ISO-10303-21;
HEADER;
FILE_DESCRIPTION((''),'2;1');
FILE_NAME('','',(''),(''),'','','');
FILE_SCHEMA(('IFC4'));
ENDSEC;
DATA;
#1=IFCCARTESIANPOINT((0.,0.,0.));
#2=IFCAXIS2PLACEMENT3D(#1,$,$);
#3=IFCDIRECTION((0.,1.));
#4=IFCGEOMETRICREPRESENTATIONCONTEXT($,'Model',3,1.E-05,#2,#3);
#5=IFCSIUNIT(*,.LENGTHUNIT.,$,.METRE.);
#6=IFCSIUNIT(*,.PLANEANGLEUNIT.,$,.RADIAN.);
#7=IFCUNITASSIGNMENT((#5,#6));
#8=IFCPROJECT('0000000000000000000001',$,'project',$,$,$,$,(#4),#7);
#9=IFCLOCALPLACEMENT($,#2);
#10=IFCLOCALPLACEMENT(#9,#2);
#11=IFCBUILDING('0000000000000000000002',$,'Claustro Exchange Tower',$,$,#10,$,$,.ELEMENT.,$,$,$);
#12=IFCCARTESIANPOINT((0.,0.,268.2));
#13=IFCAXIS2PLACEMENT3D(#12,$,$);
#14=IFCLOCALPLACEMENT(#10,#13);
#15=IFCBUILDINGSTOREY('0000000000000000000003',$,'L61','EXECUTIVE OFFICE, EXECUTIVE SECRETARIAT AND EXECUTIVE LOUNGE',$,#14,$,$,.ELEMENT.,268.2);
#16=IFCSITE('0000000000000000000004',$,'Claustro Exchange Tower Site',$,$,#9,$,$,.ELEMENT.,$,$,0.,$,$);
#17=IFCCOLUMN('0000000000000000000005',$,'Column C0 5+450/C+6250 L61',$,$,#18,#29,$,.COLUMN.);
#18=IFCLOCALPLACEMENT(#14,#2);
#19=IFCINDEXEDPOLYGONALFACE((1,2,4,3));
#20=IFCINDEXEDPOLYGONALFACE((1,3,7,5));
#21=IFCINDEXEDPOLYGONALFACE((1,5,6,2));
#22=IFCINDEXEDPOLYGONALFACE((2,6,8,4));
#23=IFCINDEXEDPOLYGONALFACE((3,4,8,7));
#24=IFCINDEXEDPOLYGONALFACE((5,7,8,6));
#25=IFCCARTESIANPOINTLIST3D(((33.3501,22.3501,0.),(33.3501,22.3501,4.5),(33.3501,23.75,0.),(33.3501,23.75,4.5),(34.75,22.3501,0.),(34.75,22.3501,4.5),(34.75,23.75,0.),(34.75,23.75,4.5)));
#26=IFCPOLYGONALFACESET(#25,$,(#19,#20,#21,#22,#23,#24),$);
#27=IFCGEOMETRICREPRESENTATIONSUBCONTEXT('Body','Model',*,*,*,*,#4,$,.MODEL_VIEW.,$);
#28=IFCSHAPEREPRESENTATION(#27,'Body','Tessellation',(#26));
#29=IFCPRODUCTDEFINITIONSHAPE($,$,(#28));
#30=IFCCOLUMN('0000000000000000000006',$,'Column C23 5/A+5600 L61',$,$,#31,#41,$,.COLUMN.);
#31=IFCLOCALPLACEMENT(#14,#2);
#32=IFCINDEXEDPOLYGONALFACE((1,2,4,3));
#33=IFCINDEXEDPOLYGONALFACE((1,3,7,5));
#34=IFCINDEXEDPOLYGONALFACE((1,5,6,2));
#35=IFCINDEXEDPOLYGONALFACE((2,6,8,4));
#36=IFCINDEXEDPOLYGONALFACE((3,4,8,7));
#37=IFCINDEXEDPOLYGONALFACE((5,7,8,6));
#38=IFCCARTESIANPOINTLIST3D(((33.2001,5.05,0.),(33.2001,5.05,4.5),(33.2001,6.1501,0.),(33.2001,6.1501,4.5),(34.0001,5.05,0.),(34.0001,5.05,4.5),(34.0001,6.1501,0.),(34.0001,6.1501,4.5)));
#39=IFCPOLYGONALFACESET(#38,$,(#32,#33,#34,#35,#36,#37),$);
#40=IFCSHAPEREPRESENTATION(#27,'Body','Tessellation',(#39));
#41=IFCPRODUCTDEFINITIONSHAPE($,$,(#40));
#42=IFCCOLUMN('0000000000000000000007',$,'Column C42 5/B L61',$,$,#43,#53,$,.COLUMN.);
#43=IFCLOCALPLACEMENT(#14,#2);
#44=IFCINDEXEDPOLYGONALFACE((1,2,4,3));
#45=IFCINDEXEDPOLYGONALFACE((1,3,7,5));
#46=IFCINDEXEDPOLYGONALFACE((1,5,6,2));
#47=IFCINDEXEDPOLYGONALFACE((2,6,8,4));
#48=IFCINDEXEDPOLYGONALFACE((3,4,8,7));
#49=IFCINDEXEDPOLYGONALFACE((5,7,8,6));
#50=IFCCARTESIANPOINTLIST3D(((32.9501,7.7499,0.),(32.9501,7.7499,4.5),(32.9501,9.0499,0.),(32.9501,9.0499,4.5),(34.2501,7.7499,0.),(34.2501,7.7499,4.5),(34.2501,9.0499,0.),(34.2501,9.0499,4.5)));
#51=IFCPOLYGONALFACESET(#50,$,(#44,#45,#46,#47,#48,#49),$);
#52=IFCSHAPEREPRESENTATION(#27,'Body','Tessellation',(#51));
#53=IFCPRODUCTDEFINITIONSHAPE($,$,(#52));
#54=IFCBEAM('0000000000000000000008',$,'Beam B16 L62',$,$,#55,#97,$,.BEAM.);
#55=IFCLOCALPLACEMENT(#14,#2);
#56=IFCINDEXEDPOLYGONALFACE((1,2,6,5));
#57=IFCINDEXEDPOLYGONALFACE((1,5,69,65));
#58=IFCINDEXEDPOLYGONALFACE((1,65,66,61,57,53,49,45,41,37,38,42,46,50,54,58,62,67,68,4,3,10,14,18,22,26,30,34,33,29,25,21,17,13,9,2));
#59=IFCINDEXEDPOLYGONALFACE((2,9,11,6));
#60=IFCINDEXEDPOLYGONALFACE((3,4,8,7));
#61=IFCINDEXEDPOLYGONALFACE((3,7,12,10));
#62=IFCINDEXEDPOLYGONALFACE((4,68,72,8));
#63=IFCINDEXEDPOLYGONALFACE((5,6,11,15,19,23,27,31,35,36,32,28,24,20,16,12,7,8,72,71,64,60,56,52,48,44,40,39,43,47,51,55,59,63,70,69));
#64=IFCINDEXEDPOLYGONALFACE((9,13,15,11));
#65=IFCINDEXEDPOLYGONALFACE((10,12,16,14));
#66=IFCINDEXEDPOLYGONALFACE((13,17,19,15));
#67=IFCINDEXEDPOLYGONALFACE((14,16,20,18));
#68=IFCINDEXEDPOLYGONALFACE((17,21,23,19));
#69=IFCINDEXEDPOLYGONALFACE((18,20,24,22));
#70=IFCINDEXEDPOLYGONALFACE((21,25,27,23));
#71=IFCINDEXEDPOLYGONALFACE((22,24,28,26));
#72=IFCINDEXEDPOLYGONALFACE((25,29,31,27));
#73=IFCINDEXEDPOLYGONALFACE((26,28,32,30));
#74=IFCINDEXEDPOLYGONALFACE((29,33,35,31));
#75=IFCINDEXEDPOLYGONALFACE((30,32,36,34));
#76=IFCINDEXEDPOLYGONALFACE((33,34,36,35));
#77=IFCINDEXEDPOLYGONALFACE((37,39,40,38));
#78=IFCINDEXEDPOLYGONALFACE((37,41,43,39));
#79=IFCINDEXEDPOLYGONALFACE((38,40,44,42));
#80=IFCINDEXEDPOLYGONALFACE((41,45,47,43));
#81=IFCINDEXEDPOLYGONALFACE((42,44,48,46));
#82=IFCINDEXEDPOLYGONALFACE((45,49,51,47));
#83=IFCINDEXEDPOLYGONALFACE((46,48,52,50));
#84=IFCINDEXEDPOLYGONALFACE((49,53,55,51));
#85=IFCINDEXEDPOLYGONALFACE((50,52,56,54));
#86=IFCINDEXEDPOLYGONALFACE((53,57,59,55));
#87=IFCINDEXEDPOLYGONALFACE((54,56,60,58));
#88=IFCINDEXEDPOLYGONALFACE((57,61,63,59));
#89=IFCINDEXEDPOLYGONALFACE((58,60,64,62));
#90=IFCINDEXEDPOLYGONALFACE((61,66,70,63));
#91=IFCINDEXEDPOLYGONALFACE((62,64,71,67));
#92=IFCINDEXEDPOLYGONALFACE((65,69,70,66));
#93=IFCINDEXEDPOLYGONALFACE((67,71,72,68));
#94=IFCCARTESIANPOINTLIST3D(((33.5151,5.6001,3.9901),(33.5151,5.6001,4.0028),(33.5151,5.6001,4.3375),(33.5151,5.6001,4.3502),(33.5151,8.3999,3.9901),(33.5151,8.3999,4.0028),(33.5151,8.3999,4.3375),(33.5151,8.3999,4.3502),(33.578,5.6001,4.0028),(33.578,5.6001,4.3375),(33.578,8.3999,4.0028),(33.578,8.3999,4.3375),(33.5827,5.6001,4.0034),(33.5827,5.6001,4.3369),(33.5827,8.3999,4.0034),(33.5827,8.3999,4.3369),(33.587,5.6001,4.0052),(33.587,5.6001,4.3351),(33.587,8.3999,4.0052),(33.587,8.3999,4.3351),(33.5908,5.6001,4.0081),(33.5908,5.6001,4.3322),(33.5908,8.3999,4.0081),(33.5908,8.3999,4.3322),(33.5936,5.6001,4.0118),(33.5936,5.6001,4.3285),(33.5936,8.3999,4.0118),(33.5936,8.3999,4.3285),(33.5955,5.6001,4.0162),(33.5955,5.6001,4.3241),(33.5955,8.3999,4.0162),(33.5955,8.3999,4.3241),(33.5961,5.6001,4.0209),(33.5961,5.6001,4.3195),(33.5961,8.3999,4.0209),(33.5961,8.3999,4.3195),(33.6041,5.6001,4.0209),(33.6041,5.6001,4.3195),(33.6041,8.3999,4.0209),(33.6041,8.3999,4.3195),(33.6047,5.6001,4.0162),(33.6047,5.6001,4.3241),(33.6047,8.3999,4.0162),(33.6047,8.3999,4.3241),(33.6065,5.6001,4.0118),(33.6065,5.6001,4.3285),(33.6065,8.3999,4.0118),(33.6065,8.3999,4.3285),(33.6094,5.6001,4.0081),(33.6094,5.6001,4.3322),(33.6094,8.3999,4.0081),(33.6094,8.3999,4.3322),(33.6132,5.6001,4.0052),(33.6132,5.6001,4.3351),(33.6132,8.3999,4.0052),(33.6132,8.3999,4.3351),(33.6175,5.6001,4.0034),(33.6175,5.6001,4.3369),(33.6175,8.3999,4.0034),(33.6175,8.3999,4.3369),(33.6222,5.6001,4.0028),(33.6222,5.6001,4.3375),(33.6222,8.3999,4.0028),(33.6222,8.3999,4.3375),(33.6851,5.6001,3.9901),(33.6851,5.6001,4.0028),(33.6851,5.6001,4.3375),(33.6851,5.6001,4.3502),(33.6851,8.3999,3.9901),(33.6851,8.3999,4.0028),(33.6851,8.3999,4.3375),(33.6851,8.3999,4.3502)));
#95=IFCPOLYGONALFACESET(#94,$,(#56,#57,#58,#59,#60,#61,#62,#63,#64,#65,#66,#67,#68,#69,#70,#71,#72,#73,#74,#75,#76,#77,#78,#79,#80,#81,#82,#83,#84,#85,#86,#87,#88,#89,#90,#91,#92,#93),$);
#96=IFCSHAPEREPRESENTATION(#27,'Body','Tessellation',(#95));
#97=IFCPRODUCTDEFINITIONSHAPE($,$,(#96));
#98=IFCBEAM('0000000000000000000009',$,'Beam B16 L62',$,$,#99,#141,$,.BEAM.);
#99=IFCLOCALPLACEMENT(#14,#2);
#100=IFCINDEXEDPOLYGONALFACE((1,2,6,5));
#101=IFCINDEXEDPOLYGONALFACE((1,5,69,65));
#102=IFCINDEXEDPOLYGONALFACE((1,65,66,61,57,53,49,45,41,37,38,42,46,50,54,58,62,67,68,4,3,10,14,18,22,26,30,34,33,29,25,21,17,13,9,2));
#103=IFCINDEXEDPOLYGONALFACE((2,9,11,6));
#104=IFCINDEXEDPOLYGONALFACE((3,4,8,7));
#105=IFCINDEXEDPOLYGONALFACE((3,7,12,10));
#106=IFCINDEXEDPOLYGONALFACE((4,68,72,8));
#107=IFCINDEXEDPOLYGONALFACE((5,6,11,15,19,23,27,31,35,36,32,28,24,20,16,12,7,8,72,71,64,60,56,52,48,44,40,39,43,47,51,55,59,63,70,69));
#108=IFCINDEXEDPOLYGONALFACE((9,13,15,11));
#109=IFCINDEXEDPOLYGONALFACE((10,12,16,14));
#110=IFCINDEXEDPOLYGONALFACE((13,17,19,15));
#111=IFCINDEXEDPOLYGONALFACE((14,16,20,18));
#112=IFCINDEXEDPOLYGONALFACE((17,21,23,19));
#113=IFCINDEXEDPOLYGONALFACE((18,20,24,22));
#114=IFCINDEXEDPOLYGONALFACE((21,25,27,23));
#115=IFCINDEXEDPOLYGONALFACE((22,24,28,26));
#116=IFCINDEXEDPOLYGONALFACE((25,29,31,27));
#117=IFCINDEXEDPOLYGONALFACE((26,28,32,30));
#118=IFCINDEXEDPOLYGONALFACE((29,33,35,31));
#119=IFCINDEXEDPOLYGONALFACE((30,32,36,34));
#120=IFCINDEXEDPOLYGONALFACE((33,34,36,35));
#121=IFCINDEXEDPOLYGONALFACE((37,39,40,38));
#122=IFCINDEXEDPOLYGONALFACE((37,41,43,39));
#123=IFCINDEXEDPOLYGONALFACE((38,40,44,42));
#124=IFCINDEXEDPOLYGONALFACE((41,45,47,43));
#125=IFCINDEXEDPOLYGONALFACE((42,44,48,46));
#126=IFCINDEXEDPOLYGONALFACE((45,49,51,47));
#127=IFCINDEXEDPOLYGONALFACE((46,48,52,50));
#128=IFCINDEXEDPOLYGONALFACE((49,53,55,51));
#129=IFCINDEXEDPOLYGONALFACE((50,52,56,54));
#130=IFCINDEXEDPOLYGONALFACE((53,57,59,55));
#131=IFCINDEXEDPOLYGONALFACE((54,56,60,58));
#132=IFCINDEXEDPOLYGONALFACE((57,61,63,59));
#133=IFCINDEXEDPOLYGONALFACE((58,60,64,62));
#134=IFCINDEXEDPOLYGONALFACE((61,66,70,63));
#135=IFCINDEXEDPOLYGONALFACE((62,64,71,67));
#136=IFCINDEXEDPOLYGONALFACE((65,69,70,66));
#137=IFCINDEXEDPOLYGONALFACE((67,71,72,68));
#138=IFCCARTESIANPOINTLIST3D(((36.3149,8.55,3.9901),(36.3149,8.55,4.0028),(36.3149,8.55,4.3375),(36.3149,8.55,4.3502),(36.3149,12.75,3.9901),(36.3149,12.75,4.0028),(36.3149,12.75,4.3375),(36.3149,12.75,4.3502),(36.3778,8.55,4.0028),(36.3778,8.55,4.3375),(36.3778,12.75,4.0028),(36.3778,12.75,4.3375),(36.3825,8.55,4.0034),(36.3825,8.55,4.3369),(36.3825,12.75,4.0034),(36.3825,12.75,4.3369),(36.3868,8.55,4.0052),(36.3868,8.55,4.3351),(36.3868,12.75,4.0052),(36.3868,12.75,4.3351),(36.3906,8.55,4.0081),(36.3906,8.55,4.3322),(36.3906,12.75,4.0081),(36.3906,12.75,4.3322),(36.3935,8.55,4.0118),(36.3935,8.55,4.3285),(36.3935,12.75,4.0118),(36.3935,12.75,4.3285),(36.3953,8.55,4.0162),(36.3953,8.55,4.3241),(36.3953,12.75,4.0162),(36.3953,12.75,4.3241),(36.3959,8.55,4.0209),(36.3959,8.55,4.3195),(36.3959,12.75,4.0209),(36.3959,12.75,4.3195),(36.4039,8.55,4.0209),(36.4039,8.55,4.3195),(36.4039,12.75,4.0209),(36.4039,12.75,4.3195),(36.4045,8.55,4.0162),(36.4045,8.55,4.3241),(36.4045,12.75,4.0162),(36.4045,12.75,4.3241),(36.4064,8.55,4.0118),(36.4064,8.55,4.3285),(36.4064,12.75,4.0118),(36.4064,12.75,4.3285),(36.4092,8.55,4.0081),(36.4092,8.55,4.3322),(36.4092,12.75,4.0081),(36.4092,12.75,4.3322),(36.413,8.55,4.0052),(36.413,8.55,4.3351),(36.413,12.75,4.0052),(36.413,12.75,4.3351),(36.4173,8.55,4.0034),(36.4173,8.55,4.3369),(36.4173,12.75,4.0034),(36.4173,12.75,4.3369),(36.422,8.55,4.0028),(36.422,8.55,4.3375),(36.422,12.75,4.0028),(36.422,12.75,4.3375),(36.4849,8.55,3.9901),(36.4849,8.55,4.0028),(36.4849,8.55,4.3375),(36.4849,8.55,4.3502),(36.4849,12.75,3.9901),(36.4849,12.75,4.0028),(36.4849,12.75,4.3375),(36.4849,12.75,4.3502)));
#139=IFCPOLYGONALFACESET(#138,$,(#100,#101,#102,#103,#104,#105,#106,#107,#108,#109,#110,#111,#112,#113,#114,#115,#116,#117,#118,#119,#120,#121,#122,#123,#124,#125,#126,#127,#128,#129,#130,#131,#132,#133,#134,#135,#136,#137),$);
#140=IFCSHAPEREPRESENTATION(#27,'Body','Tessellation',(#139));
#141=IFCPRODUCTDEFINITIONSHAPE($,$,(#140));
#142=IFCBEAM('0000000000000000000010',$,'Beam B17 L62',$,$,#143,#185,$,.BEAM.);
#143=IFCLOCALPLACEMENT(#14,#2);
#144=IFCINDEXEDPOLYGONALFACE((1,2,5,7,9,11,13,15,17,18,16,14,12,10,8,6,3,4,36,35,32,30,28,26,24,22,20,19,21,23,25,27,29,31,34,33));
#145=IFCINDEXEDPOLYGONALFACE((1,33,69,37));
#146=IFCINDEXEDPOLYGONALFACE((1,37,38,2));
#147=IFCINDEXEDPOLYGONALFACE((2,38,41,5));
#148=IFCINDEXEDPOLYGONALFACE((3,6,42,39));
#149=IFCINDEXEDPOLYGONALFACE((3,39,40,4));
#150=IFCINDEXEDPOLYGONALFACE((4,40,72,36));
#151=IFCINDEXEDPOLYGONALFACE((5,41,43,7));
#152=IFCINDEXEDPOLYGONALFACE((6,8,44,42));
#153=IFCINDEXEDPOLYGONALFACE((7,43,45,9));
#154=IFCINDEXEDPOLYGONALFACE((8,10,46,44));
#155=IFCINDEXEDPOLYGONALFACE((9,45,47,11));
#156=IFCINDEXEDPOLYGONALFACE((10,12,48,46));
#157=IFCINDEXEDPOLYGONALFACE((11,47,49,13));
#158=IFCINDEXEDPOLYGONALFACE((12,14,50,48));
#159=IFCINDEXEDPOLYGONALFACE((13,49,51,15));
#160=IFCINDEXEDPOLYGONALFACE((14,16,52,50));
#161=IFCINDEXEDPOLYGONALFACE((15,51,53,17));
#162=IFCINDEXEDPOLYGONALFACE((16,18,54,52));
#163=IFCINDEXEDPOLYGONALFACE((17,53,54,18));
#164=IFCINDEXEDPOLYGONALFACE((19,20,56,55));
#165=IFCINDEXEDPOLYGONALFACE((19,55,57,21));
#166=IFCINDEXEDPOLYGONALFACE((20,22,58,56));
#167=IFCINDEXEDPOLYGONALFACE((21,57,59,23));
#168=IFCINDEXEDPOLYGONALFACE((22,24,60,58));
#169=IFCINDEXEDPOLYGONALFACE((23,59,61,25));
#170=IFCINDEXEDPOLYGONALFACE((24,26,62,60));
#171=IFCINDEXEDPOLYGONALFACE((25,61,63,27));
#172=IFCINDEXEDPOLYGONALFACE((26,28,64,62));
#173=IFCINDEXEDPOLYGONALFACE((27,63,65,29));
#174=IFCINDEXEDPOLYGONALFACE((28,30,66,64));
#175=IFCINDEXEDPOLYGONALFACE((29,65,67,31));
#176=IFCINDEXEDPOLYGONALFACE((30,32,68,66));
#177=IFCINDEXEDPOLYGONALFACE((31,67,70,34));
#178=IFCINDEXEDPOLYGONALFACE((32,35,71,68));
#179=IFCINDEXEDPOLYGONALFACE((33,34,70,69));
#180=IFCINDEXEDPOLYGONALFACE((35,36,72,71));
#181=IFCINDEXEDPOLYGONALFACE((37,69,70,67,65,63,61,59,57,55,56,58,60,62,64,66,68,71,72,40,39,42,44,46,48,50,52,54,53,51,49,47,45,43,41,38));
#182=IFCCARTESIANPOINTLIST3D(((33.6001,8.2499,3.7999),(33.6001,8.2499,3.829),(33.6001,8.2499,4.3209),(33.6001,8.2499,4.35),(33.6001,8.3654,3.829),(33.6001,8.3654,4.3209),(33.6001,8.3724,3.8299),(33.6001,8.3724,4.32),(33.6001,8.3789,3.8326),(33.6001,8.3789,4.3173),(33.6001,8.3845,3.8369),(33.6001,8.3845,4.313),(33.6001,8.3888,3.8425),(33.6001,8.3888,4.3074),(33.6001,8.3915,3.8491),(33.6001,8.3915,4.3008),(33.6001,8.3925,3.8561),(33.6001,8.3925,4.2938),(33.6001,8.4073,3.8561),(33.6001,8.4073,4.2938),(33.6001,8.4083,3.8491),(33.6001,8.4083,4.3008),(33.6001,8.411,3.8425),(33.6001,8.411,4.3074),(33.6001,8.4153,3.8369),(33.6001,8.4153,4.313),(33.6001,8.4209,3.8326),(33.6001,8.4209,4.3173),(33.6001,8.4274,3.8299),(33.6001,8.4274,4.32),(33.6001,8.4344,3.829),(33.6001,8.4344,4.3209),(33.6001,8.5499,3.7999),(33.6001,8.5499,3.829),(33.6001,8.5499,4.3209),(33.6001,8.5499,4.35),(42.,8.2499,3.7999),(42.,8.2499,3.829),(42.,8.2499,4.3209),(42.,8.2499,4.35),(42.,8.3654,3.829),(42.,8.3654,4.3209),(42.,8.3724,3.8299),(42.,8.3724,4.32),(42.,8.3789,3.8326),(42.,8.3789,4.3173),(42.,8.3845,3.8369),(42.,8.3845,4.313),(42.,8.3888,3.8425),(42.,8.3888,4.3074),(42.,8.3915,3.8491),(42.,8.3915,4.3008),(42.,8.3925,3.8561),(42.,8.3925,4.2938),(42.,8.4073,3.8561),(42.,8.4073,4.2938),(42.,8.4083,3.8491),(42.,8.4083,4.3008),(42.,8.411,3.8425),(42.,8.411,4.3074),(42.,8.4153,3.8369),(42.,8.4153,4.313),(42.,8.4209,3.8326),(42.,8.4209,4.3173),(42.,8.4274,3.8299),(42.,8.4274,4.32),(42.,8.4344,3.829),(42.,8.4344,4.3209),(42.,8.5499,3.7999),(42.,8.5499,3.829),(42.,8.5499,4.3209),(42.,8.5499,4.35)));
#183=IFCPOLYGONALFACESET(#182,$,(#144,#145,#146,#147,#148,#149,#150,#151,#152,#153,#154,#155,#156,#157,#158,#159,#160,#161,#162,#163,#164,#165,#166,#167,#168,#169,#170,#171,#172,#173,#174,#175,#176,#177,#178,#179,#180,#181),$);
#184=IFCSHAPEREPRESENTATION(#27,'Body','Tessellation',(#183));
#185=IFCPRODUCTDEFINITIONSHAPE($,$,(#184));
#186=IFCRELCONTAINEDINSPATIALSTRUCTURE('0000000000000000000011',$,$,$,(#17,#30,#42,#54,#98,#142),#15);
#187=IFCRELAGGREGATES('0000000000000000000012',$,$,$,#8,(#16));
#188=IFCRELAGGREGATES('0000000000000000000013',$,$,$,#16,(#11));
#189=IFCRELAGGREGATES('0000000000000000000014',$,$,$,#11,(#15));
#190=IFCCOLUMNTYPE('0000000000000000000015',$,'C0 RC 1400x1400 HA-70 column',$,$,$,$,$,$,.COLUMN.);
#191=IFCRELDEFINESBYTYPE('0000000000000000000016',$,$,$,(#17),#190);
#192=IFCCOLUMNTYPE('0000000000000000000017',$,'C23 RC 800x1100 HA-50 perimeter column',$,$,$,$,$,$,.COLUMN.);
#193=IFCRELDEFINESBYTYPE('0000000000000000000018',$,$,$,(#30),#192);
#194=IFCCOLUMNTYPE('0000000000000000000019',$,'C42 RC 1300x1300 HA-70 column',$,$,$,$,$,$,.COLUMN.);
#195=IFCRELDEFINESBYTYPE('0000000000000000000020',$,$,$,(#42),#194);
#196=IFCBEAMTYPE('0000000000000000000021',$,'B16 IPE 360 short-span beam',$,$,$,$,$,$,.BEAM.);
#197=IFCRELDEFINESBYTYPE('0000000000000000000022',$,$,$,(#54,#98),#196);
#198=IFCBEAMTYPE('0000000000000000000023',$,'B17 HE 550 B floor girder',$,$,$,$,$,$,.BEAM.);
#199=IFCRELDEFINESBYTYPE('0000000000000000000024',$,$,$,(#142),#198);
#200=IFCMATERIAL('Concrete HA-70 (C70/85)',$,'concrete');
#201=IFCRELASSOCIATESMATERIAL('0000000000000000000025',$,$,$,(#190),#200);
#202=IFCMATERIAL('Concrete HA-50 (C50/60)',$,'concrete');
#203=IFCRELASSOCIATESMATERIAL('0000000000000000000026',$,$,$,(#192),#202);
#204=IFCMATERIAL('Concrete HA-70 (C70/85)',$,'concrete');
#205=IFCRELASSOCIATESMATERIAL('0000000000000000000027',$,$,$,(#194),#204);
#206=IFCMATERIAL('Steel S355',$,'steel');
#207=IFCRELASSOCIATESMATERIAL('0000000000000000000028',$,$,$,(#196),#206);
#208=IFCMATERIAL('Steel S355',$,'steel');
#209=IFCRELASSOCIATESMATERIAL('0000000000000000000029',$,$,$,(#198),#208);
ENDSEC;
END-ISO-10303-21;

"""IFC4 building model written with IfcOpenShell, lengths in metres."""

from ifc_helpers import new_model, si_unit, direction, frame, origin, origin_2d, place, context, subcontext, project, spatial, rectangle, i_section, extrude, material, material_profile, profile_set, type_object, element, save


model = new_model("IFC4")

# Units and contexts
model_context = context("Model", 3, precision=1e-05, world=origin(), true_north=direction((0.0, 1.0)))
body_context = subcontext(model_context, "Body", "Model", "MODEL_VIEW")
ifc_project = project(units=[si_unit("LENGTHUNIT", "METRE"), si_unit("PLANEANGLEUNIT", "RADIAN")], contexts=[model_context])

# Site, building, storey
site_placement = place(None, origin())
site = spatial("IfcSite", under=ifc_project, at=site_placement, Name="Claustro Exchange Tower Site", CompositionType="ELEMENT", RefElevation=0.0)
building_placement = place(site_placement, origin())
building = spatial("IfcBuilding", under=site, at=building_placement, Name="Claustro Exchange Tower", CompositionType="ELEMENT")
storey_placement = place(building_placement, frame((0.0, 0.0, 268.2)))
storey = spatial("IfcBuildingStorey", under=building, at=storey_placement, Name="L61", Description="EXECUTIVE OFFICE, EXECUTIVE SECRETARIAT AND EXECUTIVE LOUNGE", CompositionType="ELEMENT", Elevation=268.2)

# Columns
ifc_material_1 = material(Name="Concrete HA-70 (C70/85)", Category="concrete")
ifc_material_profile_1 = material_profile(ifc_material_1, rectangle(XDim=1.3999, YDim=1.3999, at=origin_2d()), Name="RC 1400x1400")
ifc_profile_set_1 = profile_set([ifc_material_profile_1], Name="Concrete HA-70 (C70/85)")
column_type_1 = type_object("IfcColumnType", Name="C0 RC 1400x1400 HA-70 column", PredefinedType="COLUMN", material=ifc_profile_set_1)
column_1_placement = place(storey_placement, frame((34.05, 23.05, 0.0), z_axis=(0.0, 0.0, 1.0), x_axis=(1.0, 0.0, 0.0)))
element("IfcColumn", 1, at=column_1_placement, inside=storey, type_object=column_type_1, Name="Column C0 5+450/C+6250 L61", PredefinedType="COLUMN", context=body_context, shape_type="SweptSolid", body=[
    extrude(rectangle(XDim=1.3999, YDim=1.3999, at=origin_2d()), origin(), (0.0, 0.0, 1.0), 4.5),
])
ifc_material_2 = material(Name="Concrete HA-50 (C50/60)", Category="concrete")
ifc_material_profile_2 = material_profile(ifc_material_2, rectangle(XDim=0.8, YDim=1.1001, at=origin_2d()), Name="RC 800x1100")
ifc_profile_set_2 = profile_set([ifc_material_profile_2], Name="Concrete HA-50 (C50/60)")
column_type_2 = type_object("IfcColumnType", Name="C23 RC 800x1100 HA-50 perimeter column", PredefinedType="COLUMN", material=ifc_profile_set_2)
column_2_placement = place(storey_placement, frame((33.6001, 5.6001, 0.0), z_axis=(0.0, 0.0, 1.0), x_axis=(1.0, 0.0, 0.0)))
element("IfcColumn", 2, at=column_2_placement, inside=storey, type_object=column_type_2, Name="Column C23 5/A+5600 L61", PredefinedType="COLUMN", context=body_context, shape_type="SweptSolid", body=[
    extrude(rectangle(XDim=0.8, YDim=1.1001, at=origin_2d()), origin(), (0.0, 0.0, 1.0), 4.5),
])
ifc_material_3 = material(Name="Concrete HA-70 (C70/85)", Category="concrete")
ifc_material_profile_3 = material_profile(ifc_material_3, rectangle(XDim=1.3, YDim=1.3, at=origin_2d()), Name="RC 1300x1300")
ifc_profile_set_3 = profile_set([ifc_material_profile_3], Name="Concrete HA-70 (C70/85)")
column_type_3 = type_object("IfcColumnType", Name="C42 RC 1300x1300 HA-70 column", PredefinedType="COLUMN", material=ifc_profile_set_3)
column_3_placement = place(storey_placement, frame((33.6001, 8.3999, 0.0), z_axis=(0.0, 0.0, 1.0), x_axis=(1.0, 0.0, 0.0)))
element("IfcColumn", 3, at=column_3_placement, inside=storey, type_object=column_type_3, Name="Column C42 5/B L61", PredefinedType="COLUMN", context=body_context, shape_type="SweptSolid", body=[
    extrude(rectangle(XDim=1.3, YDim=1.3, at=origin_2d()), origin(), (0.0, 0.0, 1.0), 4.5),
])

# Beams
ifc_material_4 = material(Name="Steel S355", Category="steel")
ifc_material_profile_4 = material_profile(ifc_material_4, i_section(OverallWidth=0.1699, OverallDepth=0.3601, WebThickness=0.0081, FlangeThickness=0.0127, FilletRadius=0.0181, at=origin_2d()), Name="IPE 360")
ifc_profile_set_4 = profile_set([ifc_material_profile_4], Name="Steel S355")
beam_type_1 = type_object("IfcBeamType", Name="B16 IPE 360 short-span beam", PredefinedType="BEAM", material=ifc_profile_set_4)
beam_1_placement = place(storey_placement, frame((33.6001, 5.6001, 4.1702), z_axis=(0.0, 1.0, 0.0), x_axis=(-1.0, 0.0, 0.0)))
element("IfcBeam", 4, at=beam_1_placement, inside=storey, type_object=beam_type_1, Name="Beam B16 L62", PredefinedType="BEAM", context=body_context, shape_type="SweptSolid", body=[
    extrude(i_section(OverallWidth=0.1699, OverallDepth=0.3601, WebThickness=0.0081, FlangeThickness=0.0127, FilletRadius=0.0181, at=origin_2d()), origin(), (0.0, 0.0, 1.0), 2.7998),
])
beam_2_placement = place(storey_placement, frame((36.3999, 8.55, 4.1702), z_axis=(0.0, 1.0, 0.0), x_axis=(-1.0, 0.0, 0.0)))
element("IfcBeam", 5, at=beam_2_placement, inside=storey, type_object=beam_type_1, Name="Beam B16 L62", PredefinedType="BEAM", context=body_context, shape_type="SweptSolid", body=[
    extrude(i_section(OverallWidth=0.1699, OverallDepth=0.3601, WebThickness=0.0081, FlangeThickness=0.0127, FilletRadius=0.0181, at=origin_2d()), origin(), (0.0, 0.0, 1.0), 4.2),
])
ifc_material_5 = material(Name="Steel S355", Category="steel")
ifc_material_profile_5 = material_profile(ifc_material_5, i_section(OverallWidth=0.3, OverallDepth=0.55, WebThickness=0.0149, FlangeThickness=0.0291, FilletRadius=0.0271, at=origin_2d()), Name="HE 550 B")
ifc_profile_set_5 = profile_set([ifc_material_profile_5], Name="Steel S355")
beam_type_2 = type_object("IfcBeamType", Name="B17 HE 550 B floor girder", PredefinedType="BEAM", material=ifc_profile_set_5)
beam_3_placement = place(storey_placement, frame((33.6001, 8.3999, 4.075), z_axis=(1.0, 0.0, 0.0), x_axis=(0.0, 1.0, 0.0)))
element("IfcBeam", 6, at=beam_3_placement, inside=storey, type_object=beam_type_2, Name="Beam B17 L62", PredefinedType="BEAM", context=body_context, shape_type="SweptSolid", body=[
    extrude(i_section(OverallWidth=0.3, OverallDepth=0.55, WebThickness=0.0149, FlangeThickness=0.0291, FilletRadius=0.0271, at=origin_2d()), origin(), (0.0, 0.0, 1.0), 8.3999),
])

save(model, "model.ifc")
